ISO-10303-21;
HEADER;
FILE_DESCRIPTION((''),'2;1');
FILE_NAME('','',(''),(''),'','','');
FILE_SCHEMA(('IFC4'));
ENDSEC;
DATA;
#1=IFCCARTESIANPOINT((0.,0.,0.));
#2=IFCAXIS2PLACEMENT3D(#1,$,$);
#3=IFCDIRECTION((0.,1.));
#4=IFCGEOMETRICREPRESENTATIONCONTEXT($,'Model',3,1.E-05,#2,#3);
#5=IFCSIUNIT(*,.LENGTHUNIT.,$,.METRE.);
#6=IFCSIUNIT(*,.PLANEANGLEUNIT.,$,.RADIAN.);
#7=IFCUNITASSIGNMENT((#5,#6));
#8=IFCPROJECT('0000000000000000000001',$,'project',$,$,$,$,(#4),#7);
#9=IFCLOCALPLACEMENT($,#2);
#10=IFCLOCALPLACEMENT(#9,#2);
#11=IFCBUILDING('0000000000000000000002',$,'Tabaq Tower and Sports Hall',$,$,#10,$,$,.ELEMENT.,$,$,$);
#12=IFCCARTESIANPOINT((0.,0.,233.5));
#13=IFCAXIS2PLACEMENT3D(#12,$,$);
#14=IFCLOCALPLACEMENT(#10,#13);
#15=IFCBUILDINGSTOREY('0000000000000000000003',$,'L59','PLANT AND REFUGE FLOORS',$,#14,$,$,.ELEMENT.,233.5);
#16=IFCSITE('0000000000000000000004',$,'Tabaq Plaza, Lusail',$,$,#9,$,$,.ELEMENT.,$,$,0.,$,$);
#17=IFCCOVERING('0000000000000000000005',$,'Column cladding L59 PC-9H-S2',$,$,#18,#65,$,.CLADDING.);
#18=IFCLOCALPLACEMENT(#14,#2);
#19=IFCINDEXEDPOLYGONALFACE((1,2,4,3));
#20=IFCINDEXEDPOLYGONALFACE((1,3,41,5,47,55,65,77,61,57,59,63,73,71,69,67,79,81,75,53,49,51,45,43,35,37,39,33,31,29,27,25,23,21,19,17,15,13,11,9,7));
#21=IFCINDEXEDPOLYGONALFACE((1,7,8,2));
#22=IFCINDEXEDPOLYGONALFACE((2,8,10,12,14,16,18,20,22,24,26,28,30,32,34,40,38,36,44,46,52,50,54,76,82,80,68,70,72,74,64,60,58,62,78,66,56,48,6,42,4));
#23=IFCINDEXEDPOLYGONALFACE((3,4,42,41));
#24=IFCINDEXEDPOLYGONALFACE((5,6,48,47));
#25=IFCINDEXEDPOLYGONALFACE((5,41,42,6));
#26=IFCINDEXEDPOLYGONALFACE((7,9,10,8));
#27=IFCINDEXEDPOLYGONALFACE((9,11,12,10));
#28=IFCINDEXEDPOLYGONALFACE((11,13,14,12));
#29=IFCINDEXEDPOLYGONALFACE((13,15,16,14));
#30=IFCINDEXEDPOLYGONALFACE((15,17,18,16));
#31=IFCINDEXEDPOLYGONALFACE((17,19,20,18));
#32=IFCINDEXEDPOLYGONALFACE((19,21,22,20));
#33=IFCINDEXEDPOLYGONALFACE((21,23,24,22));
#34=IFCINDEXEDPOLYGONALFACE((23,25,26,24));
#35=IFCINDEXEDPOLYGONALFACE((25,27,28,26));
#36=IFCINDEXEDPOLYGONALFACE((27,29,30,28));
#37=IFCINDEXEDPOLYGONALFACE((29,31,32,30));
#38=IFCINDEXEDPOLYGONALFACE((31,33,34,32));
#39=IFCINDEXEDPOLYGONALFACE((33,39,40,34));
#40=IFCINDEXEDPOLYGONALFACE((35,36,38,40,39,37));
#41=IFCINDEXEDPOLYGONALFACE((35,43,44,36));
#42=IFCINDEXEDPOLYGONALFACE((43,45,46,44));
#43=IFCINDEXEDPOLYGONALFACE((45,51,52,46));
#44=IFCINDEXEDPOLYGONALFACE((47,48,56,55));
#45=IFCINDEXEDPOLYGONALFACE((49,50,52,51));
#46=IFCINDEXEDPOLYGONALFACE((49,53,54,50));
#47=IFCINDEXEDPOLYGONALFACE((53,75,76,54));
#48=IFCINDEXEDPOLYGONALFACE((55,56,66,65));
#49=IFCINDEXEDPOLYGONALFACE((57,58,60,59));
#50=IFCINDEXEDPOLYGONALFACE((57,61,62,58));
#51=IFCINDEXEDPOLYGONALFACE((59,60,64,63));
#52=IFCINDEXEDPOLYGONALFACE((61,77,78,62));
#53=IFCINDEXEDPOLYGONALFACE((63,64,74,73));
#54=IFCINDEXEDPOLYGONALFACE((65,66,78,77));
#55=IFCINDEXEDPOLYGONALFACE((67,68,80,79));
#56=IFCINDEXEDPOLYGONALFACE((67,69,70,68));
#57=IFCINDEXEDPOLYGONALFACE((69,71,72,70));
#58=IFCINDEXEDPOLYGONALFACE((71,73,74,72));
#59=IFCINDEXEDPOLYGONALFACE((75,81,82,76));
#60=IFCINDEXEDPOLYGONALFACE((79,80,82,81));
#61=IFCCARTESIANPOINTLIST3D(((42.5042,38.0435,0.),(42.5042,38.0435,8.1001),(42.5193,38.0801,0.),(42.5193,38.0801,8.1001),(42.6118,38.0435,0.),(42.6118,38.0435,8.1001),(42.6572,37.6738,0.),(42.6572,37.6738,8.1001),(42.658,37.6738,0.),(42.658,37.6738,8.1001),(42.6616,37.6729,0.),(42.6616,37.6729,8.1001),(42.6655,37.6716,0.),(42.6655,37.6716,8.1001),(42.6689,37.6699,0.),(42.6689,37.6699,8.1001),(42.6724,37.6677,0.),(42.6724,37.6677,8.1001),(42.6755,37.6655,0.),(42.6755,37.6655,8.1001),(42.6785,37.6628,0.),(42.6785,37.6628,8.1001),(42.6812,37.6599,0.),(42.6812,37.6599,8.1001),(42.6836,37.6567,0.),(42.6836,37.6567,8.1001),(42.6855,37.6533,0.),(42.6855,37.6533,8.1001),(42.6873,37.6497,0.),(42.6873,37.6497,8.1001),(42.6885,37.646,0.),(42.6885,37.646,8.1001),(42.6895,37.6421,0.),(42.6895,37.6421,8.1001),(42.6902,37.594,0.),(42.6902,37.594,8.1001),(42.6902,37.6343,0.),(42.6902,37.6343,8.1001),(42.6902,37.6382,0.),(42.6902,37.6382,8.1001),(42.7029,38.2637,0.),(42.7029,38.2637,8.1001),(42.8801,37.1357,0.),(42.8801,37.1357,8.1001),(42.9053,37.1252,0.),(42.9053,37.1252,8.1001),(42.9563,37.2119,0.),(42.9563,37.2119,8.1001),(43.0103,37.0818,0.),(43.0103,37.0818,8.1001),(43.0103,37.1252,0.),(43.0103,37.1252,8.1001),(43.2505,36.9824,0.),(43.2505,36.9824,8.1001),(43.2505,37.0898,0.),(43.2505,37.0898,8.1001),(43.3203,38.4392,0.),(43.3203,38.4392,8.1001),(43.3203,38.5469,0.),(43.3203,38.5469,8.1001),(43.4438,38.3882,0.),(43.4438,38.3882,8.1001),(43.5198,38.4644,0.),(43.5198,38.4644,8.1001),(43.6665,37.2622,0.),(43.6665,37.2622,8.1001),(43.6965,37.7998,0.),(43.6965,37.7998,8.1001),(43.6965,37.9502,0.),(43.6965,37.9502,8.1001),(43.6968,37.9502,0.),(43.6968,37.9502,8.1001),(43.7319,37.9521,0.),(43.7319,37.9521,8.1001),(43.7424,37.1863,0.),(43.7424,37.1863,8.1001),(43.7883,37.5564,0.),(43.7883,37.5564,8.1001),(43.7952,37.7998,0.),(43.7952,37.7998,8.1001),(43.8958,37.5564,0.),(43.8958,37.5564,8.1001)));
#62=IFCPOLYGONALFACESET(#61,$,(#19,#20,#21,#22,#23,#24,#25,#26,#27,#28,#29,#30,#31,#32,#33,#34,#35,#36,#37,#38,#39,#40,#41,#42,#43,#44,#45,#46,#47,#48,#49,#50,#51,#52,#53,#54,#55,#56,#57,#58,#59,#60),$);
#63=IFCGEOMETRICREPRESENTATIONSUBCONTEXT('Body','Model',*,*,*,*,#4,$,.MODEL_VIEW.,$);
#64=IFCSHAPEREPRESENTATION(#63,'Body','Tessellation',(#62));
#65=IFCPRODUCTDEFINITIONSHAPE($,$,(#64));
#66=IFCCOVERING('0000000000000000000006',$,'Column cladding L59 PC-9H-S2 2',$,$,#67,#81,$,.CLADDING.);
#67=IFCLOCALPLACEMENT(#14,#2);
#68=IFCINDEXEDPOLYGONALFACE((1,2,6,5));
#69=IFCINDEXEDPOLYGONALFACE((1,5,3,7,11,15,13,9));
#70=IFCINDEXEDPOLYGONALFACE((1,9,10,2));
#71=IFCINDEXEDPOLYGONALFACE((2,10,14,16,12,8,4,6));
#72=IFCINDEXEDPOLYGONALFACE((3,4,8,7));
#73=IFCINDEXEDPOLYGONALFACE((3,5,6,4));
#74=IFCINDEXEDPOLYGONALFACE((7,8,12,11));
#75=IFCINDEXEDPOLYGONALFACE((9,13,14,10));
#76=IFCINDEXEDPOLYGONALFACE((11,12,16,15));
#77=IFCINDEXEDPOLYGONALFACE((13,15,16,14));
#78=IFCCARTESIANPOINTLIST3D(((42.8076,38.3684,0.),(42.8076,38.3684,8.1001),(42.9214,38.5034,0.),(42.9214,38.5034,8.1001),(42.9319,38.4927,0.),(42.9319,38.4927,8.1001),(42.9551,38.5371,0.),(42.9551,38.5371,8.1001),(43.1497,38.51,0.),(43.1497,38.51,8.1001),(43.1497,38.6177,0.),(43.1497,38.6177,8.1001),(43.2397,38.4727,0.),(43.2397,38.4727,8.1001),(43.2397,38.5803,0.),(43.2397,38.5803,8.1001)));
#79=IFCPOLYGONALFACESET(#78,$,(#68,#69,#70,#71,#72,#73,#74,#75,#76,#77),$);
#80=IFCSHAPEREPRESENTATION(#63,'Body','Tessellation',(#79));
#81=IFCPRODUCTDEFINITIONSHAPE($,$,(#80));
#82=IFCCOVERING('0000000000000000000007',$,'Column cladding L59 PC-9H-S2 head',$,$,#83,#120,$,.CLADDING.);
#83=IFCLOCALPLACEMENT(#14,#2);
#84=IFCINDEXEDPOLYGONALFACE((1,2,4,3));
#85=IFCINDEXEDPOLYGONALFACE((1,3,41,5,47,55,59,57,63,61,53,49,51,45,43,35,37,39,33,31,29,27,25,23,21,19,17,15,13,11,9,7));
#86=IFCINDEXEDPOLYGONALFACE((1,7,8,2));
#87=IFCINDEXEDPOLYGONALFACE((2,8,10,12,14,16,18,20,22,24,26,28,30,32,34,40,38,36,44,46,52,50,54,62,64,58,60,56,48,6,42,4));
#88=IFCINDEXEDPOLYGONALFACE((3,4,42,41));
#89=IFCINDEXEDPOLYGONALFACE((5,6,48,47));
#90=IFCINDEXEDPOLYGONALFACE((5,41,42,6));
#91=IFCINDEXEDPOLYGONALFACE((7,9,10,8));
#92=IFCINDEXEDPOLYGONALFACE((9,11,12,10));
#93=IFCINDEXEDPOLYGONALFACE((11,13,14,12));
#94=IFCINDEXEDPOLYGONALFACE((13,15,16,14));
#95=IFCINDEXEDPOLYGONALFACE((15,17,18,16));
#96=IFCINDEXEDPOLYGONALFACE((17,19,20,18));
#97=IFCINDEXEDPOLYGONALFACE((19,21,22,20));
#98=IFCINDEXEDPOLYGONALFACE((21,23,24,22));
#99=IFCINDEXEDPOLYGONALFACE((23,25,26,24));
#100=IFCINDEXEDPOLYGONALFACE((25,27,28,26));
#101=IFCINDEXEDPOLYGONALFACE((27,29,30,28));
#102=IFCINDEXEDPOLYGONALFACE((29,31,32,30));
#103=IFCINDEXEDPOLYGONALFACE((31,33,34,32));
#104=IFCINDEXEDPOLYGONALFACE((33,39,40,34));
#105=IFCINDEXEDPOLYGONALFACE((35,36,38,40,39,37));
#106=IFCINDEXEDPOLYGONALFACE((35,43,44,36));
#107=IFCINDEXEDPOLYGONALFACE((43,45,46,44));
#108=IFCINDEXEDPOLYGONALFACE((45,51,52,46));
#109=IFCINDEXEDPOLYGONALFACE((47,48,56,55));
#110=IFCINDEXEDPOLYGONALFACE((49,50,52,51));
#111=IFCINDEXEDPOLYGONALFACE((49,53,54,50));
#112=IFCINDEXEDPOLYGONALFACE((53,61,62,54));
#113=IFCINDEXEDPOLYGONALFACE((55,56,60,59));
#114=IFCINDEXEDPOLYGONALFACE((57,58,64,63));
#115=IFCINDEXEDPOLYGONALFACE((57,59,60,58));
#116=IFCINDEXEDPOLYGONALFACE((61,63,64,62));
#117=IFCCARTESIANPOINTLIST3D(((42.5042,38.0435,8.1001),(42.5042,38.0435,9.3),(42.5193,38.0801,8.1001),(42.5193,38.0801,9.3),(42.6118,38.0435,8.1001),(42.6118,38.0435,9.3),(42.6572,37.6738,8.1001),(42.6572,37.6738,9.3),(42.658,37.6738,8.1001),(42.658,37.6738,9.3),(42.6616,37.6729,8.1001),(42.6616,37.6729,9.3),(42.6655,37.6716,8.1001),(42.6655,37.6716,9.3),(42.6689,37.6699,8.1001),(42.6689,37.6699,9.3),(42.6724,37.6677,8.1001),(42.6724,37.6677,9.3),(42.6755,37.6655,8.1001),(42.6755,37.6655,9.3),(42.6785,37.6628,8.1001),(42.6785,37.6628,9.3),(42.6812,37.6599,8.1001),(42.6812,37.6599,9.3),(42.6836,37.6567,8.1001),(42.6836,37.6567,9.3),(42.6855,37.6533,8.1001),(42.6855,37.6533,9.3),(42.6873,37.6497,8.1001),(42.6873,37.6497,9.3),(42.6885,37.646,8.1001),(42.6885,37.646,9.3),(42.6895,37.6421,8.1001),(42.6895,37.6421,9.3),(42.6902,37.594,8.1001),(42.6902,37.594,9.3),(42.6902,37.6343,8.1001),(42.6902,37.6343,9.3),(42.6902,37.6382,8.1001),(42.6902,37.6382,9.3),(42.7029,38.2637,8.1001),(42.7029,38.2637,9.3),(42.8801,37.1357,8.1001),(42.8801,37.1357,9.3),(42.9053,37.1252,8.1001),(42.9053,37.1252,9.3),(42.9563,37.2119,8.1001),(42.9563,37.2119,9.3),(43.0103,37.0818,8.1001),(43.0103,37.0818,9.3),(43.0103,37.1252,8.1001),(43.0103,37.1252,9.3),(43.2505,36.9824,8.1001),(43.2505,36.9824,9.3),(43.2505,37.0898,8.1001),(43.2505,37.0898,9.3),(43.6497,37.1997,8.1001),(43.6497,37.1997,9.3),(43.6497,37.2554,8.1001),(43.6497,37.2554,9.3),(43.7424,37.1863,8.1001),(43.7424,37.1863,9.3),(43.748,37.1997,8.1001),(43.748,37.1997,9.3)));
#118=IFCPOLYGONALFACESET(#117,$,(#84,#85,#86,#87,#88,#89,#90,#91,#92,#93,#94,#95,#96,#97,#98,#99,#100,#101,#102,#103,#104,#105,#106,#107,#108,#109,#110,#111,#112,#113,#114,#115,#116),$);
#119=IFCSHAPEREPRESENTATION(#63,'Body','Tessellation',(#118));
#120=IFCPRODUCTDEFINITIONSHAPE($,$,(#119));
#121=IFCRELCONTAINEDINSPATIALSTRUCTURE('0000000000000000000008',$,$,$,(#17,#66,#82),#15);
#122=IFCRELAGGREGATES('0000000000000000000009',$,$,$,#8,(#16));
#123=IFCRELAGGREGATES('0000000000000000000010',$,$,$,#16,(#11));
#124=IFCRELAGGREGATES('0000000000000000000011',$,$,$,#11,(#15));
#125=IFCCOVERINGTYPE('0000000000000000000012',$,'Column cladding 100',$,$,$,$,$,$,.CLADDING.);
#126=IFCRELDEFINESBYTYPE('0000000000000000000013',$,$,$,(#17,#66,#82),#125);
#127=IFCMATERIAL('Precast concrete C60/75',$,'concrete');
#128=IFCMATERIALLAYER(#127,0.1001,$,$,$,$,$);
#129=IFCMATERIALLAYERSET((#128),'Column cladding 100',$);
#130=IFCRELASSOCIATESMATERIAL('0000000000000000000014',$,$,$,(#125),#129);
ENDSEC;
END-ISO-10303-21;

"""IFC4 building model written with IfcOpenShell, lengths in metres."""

from ifc_helpers import new_model, si_unit, direction, frame, origin, place, context, subcontext, project, spatial, polyline, outline, extrude, material, layer, layer_set, type_object, element, save


model = new_model("IFC4")

# Units and contexts
model_context = context("Model", 3, precision=1e-05, world=origin(), true_north=direction((0.0, 1.0)))
body_context = subcontext(model_context, "Body", "Model", "MODEL_VIEW")
ifc_project = project(units=[si_unit("LENGTHUNIT", "METRE"), si_unit("PLANEANGLEUNIT", "RADIAN")], contexts=[model_context])

# Site, building, storey
site_placement = place(None, origin())
site = spatial("IfcSite", under=ifc_project, at=site_placement, Name="Tabaq Plaza, Lusail", CompositionType="ELEMENT", RefElevation=0.0)
building_placement = place(site_placement, origin())
building = spatial("IfcBuilding", under=site, at=building_placement, Name="Tabaq Tower and Sports Hall", CompositionType="ELEMENT")
storey_placement = place(building_placement, frame((0.0, 0.0, 233.5)))
storey = spatial("IfcBuildingStorey", under=building, at=storey_placement, Name="L59", Description="PLANT AND REFUGE FLOORS", CompositionType="ELEMENT", Elevation=233.5)

# Coverings
ifc_material_1 = material(Name="Precast concrete C60/75", Category="concrete")
ifc_layer_1 = layer(ifc_material_1, 0.1001)
ifc_layer_set_1 = layer_set([ifc_layer_1], Name="Column cladding 100")
covering_type = type_object("IfcCoveringType", Name="Column cladding 100", PredefinedType="CLADDING", material=ifc_layer_set_1)
covering_1_placement = place(storey_placement, origin())
element("IfcCovering", 1, at=covering_1_placement, inside=storey, type_object=covering_type, Name="Column cladding L59 PC-9H-S2", PredefinedType="CLADDING", context=body_context, shape_type="SweptSolid", body=[
    extrude(outline(polyline([(43.2505, 36.9824), (43.0103, 37.0818), (43.0103, 37.1252), (42.9053, 37.1252), (42.8801, 37.1357), (42.6902, 37.594), (42.6902, 37.6343), (42.6902, 37.6382), (42.6895, 37.6421), (42.6885, 37.646), (42.6873, 37.6497), (42.6855, 37.6533), (42.6836, 37.6567), (42.6812, 37.6599), (42.6785, 37.6628), (42.6755, 37.6655), (42.6724, 37.6677), (42.6689, 37.6699), (42.6655, 37.6716), (42.6616, 37.6729), (42.658, 37.6738), (42.6572, 37.6738), (42.5042, 38.0435), (42.5193, 38.0801), (42.7029, 38.2637), (42.6118, 38.0435), (42.9563, 37.2119), (43.2505, 37.0898), (43.6665, 37.2622), (43.7883, 37.5564), (43.4438, 38.3882), (43.3203, 38.4392), (43.3203, 38.5469), (43.5198, 38.4644), (43.7319, 37.9521), (43.6968, 37.9502), (43.6965, 37.9502), (43.6965, 37.7998), (43.7952, 37.7998), (43.8958, 37.5564), (43.7424, 37.1863), (43.2505, 36.9824)])), origin(), (0.0, 0.0, 1.0), 8.1001),
])
covering_2_placement = place(storey_placement, origin())
element("IfcCovering", 2, at=covering_2_placement, inside=storey, type_object=covering_type, Name="Column cladding L59 PC-9H-S2 2", PredefinedType="CLADDING", context=body_context, shape_type="SweptSolid", body=[
    extrude(outline(polyline([(43.1497, 38.6177), (43.2397, 38.5803), (43.2397, 38.4727), (43.1497, 38.51), (42.8076, 38.3684), (42.9319, 38.4927), (42.9214, 38.5034), (42.9551, 38.5371), (43.1497, 38.6177)])), origin(), (0.0, 0.0, 1.0), 8.1001),
])
covering_3_placement = place(storey_placement, frame((0.0, 0.0, 8.1001)))
element("IfcCovering", 3, at=covering_3_placement, inside=storey, type_object=covering_type, Name="Column cladding L59 PC-9H-S2 head", PredefinedType="CLADDING", context=body_context, shape_type="SweptSolid", body=[
    extrude(outline(polyline([(43.0103, 37.0818), (43.0103, 37.1252), (42.9053, 37.1252), (42.8801, 37.1357), (42.6902, 37.594), (42.6902, 37.6343), (42.6902, 37.6382), (42.6895, 37.6421), (42.6885, 37.646), (42.6873, 37.6497), (42.6855, 37.6533), (42.6836, 37.6567), (42.6812, 37.6599), (42.6785, 37.6628), (42.6755, 37.6655), (42.6724, 37.6677), (42.6689, 37.6699), (42.6655, 37.6716), (42.6616, 37.6729), (42.658, 37.6738), (42.6572, 37.6738), (42.5042, 38.0435), (42.5193, 38.0801), (42.7029, 38.2637), (42.6118, 38.0435), (42.9563, 37.2119), (43.2505, 37.0898), (43.6497, 37.2554), (43.6497, 37.1997), (43.748, 37.1997), (43.7424, 37.1863), (43.2505, 36.9824), (43.0103, 37.0818)])), origin(), (0.0, 0.0, 1.0), 1.2),
])

save(model, "model.ifc")
